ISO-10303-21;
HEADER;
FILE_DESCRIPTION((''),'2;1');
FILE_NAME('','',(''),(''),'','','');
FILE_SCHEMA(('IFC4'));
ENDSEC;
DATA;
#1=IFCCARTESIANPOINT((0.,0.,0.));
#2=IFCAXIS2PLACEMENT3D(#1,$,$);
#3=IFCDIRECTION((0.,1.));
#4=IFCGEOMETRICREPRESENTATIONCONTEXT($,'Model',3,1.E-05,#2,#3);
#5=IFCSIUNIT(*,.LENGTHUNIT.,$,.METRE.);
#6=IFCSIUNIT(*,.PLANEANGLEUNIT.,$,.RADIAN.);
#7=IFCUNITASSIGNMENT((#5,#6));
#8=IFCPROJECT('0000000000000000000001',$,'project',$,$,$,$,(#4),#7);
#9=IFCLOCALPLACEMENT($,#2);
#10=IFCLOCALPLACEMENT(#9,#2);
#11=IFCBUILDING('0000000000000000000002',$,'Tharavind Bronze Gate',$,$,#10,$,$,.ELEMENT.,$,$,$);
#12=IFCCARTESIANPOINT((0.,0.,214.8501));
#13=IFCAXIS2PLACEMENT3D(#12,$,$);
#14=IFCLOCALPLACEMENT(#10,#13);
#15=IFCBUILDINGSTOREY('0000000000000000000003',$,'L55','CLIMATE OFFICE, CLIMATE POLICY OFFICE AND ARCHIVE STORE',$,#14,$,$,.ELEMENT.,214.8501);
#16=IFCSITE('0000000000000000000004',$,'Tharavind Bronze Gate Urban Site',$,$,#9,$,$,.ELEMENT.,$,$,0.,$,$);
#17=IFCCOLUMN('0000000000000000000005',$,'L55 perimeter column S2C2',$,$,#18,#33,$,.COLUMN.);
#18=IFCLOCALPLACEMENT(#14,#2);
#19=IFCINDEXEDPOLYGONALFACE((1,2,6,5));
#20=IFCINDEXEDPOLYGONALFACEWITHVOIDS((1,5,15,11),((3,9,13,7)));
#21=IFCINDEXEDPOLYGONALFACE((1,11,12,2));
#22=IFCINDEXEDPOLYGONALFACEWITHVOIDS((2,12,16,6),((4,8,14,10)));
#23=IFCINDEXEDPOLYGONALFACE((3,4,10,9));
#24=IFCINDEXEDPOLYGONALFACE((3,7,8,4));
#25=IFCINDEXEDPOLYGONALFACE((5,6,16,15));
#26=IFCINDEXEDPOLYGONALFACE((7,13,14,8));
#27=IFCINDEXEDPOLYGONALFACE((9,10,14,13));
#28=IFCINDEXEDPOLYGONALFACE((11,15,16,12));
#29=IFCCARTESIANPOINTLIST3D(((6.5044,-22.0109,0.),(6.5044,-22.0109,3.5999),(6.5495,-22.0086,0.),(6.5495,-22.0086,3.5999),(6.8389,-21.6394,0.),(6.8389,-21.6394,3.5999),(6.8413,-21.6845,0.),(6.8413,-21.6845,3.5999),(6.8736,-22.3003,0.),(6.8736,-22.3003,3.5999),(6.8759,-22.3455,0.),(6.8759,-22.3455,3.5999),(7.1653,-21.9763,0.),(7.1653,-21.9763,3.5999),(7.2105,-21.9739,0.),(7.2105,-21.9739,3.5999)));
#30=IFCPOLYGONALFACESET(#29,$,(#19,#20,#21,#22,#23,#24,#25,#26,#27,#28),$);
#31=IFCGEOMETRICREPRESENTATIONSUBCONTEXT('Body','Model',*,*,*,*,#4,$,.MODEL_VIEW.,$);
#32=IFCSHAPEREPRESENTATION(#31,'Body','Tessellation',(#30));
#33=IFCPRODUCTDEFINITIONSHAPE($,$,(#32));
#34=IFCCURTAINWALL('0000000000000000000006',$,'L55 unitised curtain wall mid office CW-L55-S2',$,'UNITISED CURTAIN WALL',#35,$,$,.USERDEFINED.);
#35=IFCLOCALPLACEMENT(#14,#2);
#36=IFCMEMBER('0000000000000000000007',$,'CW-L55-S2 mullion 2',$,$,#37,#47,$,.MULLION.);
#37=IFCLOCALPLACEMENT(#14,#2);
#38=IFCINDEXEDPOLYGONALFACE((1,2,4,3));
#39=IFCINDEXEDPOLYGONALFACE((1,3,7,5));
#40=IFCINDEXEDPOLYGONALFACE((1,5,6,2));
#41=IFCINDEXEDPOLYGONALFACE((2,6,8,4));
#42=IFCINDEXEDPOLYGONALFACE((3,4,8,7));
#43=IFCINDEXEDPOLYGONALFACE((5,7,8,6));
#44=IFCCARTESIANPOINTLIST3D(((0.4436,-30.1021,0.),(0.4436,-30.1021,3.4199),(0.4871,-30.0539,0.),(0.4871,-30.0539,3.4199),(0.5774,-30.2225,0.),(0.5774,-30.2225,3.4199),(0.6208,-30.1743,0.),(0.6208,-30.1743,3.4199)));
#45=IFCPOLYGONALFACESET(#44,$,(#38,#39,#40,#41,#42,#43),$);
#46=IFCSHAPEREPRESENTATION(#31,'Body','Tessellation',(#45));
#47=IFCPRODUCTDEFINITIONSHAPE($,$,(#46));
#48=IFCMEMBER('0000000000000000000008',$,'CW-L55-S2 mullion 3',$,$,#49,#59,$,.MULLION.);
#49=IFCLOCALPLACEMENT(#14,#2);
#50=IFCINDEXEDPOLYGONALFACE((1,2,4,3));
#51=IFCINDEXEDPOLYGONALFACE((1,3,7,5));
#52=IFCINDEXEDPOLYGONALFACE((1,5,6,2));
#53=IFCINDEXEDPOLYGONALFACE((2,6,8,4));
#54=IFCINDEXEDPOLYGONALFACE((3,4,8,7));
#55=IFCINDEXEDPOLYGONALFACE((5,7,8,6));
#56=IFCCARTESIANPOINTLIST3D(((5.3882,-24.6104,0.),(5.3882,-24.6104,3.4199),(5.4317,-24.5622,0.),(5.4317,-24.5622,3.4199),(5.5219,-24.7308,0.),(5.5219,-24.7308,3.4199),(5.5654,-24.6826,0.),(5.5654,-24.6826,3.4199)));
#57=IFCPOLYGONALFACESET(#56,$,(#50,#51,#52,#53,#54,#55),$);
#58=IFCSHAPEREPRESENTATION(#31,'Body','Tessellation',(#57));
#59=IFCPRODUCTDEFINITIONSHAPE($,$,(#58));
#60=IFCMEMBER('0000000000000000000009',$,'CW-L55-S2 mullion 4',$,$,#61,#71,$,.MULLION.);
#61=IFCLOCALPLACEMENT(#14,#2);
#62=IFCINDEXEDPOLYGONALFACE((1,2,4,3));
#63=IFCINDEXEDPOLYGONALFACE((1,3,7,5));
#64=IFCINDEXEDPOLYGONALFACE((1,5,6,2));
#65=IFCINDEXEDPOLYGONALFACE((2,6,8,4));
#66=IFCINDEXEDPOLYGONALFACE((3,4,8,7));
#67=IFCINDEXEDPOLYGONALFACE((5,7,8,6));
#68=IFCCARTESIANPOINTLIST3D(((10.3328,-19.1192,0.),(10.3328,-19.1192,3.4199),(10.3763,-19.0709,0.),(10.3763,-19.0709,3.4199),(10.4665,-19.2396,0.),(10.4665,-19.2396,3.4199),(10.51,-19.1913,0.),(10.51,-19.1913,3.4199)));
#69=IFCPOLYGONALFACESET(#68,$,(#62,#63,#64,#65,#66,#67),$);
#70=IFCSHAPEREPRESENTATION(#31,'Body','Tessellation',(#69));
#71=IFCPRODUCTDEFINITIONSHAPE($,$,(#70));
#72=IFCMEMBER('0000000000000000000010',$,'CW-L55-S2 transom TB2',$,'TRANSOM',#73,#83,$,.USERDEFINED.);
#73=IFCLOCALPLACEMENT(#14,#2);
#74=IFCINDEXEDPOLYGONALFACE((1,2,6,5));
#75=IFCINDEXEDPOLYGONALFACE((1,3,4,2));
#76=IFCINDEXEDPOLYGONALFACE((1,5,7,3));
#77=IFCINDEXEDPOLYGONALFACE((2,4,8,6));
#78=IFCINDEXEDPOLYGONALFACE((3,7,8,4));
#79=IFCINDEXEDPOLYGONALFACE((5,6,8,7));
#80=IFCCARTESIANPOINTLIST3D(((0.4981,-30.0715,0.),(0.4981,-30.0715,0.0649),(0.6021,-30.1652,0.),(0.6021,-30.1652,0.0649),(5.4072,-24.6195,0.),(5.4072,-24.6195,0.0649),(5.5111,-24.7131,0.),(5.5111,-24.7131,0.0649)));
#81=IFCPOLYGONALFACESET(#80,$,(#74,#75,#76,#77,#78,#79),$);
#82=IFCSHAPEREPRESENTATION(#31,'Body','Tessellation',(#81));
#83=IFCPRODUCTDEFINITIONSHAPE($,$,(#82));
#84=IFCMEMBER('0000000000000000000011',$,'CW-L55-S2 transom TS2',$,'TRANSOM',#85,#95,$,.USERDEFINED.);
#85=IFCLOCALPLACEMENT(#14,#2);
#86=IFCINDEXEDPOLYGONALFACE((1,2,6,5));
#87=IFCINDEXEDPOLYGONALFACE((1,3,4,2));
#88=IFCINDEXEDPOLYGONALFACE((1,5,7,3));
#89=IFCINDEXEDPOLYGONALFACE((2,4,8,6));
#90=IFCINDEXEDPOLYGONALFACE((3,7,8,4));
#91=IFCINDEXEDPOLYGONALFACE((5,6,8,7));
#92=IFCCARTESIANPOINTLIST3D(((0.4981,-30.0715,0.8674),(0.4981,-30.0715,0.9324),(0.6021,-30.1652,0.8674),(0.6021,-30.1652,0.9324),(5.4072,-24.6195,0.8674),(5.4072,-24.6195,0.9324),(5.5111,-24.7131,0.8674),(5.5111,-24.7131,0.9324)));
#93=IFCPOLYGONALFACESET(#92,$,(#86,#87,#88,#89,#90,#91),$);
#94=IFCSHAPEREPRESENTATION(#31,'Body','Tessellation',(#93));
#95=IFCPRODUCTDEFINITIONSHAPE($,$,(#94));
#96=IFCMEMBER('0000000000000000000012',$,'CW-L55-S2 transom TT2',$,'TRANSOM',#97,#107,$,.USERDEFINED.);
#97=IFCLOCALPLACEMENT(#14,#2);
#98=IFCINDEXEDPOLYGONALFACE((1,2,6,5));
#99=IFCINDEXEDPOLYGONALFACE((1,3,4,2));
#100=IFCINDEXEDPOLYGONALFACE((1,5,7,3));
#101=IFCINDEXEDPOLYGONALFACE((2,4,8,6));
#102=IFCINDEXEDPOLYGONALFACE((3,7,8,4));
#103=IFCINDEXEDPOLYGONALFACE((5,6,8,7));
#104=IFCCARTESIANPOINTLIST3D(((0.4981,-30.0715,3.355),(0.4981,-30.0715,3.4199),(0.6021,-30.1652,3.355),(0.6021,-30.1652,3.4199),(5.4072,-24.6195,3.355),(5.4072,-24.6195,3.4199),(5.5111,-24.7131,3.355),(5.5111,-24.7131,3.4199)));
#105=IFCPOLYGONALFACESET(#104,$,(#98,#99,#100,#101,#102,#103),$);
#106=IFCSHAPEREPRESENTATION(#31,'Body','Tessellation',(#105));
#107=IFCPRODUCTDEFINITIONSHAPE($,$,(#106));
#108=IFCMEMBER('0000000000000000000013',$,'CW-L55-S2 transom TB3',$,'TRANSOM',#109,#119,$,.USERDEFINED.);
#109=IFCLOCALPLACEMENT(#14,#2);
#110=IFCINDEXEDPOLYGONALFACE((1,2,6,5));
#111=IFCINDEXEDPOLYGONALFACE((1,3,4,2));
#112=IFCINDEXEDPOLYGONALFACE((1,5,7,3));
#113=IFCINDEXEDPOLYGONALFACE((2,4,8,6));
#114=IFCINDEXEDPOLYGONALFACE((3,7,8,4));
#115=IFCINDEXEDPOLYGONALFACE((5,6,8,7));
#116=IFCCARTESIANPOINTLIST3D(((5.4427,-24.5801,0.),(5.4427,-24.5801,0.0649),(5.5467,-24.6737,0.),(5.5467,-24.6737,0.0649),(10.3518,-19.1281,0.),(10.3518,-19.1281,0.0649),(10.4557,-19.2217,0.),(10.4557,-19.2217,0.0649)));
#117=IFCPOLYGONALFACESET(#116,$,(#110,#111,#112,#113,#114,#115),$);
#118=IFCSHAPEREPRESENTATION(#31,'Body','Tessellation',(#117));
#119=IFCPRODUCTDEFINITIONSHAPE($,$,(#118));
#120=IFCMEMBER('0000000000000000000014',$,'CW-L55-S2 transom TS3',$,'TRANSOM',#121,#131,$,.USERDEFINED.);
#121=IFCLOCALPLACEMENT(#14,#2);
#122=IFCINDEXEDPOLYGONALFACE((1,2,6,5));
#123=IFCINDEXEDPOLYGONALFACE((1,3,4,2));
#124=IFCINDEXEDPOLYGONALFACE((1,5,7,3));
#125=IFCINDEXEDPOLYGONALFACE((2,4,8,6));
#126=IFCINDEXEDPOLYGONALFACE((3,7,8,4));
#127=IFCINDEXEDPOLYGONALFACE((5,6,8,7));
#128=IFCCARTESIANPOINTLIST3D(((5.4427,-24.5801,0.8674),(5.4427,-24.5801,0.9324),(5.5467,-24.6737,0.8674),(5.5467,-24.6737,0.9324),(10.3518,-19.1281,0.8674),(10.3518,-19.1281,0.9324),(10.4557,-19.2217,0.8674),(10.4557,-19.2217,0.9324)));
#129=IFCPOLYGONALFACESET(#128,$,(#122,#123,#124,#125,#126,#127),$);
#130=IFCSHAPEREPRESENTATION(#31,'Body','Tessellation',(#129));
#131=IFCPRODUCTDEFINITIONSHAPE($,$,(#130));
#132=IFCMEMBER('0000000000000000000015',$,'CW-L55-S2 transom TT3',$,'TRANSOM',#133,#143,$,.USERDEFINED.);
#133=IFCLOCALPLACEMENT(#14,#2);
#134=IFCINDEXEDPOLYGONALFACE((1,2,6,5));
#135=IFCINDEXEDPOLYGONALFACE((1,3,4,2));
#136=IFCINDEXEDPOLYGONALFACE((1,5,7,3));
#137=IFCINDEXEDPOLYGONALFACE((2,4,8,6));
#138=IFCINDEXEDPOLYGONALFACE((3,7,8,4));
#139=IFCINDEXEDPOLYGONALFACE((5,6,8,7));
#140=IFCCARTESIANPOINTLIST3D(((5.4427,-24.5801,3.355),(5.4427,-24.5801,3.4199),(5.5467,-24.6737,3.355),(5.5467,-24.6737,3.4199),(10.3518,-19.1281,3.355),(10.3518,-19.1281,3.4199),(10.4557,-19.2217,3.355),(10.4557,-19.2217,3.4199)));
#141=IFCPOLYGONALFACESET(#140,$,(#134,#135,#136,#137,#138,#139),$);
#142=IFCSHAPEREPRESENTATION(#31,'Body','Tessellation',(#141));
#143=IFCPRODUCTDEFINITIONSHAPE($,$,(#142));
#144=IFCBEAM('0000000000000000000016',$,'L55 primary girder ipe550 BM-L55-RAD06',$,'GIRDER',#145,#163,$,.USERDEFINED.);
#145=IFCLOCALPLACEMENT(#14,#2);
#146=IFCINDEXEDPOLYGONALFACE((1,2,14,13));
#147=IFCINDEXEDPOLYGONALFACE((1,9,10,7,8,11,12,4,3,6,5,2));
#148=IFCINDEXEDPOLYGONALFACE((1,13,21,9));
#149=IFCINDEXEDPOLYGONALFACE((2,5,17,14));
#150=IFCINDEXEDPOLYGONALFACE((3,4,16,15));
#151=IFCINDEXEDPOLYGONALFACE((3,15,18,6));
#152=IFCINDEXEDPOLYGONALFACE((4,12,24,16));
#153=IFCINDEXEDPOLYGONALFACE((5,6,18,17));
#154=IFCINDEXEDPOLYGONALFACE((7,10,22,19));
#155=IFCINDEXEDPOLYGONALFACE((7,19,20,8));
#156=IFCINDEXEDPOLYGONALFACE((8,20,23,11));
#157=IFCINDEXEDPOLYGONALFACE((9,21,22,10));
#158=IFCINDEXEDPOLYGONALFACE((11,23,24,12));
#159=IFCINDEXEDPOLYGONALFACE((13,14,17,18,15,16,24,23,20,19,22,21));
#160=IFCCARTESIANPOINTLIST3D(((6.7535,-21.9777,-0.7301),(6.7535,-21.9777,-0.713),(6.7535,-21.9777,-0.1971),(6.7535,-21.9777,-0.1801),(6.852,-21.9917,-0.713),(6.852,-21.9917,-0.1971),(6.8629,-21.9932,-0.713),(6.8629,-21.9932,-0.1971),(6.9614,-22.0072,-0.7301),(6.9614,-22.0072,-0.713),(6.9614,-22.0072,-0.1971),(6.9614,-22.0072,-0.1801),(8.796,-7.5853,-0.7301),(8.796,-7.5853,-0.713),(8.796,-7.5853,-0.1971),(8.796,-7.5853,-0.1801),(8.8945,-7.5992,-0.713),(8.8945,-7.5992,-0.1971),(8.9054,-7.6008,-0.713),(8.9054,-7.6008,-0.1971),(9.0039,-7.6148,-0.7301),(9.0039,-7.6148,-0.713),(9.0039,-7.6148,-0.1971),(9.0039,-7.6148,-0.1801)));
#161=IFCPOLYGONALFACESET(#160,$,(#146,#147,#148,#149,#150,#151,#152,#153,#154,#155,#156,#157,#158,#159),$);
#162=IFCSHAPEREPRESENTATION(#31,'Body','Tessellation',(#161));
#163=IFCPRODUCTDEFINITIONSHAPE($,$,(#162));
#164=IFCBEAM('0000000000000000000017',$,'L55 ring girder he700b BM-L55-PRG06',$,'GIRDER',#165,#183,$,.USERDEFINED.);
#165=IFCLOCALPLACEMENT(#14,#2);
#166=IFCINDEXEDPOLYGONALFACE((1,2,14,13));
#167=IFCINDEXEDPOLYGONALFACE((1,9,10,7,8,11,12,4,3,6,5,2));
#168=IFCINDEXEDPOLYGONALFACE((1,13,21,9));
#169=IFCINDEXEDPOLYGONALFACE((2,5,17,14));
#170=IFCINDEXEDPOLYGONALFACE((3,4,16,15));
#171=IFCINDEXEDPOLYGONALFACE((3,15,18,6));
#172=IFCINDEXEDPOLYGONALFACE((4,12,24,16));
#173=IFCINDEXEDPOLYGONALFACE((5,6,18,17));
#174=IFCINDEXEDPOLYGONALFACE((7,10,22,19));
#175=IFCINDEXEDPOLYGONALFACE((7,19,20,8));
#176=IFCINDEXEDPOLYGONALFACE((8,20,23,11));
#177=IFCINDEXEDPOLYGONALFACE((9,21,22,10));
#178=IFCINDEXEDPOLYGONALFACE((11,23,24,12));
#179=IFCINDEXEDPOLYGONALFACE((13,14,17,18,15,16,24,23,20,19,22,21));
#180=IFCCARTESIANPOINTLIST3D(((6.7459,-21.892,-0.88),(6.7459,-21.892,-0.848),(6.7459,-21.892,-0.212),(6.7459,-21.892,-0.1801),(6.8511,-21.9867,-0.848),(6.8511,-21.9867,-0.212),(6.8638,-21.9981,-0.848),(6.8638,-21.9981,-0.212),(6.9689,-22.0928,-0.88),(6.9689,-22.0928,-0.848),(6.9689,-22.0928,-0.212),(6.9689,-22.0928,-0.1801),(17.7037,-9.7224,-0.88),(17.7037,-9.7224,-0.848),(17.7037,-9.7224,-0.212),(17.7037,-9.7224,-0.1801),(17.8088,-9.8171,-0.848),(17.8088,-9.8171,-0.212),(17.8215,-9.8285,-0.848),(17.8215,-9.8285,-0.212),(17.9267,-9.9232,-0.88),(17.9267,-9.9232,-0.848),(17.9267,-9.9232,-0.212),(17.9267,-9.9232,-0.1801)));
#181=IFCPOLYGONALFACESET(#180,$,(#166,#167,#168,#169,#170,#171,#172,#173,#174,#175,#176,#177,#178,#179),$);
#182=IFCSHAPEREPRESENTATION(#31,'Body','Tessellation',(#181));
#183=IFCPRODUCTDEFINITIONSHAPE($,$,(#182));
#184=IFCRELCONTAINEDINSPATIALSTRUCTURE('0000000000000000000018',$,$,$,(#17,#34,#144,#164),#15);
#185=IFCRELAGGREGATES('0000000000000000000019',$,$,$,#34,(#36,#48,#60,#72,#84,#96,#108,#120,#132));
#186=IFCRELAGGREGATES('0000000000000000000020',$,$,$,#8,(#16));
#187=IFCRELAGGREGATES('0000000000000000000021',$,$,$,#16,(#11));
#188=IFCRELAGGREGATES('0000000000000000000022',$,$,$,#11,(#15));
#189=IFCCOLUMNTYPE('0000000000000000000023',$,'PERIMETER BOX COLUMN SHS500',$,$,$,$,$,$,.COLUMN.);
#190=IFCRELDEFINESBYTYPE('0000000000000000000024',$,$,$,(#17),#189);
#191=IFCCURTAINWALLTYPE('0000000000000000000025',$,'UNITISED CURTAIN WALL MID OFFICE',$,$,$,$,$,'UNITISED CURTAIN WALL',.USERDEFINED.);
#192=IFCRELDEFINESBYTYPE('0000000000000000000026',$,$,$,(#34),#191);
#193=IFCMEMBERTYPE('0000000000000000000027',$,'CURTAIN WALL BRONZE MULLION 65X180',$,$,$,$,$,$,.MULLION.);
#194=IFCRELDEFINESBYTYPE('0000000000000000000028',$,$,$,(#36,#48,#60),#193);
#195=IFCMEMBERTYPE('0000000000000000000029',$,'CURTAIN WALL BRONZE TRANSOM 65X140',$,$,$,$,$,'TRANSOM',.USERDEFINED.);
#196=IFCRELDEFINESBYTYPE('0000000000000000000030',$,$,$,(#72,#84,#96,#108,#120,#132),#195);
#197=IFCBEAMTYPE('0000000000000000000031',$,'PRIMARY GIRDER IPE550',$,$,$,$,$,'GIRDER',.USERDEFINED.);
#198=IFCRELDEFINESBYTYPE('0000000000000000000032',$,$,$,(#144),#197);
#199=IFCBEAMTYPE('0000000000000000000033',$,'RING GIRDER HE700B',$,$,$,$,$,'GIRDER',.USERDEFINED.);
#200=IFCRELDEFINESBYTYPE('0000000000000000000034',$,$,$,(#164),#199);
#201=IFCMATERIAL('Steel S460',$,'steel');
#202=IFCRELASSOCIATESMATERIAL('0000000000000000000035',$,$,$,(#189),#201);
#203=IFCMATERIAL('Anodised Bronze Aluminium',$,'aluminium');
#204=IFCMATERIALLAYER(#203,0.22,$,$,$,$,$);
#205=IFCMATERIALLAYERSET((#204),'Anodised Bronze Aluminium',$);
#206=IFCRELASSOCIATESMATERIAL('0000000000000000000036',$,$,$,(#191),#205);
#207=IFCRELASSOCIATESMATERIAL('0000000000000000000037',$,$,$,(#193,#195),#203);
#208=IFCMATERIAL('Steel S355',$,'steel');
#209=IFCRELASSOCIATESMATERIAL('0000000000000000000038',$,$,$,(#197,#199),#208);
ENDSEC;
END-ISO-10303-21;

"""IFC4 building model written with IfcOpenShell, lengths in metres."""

from ifc_helpers import new_model, si_unit, direction, frame, origin, origin_2d, place, context, subcontext, project, spatial, rectangle, hollow_rectangle, i_section, extrude, material, layer, layer_set, material_profile, profile_set, type_object, element, aggregate, save


model = new_model("IFC4")

# Units and contexts
model_context = context("Model", 3, precision=1e-05, world=origin(), true_north=direction((0.0, 1.0)))
body_context = subcontext(model_context, "Body", "Model", "MODEL_VIEW")
ifc_project = project(units=[si_unit("LENGTHUNIT", "METRE"), si_unit("PLANEANGLEUNIT", "RADIAN")], contexts=[model_context])

# Site, building, storey
site_placement = place(None, origin())
site = spatial("IfcSite", under=ifc_project, at=site_placement, Name="Tharavind Bronze Gate Urban Site", CompositionType="ELEMENT", RefElevation=0.0)
building_placement = place(site_placement, origin())
building = spatial("IfcBuilding", under=site, at=building_placement, Name="Tharavind Bronze Gate", CompositionType="ELEMENT")
storey_placement = place(building_placement, frame((0.0, 0.0, 214.8501)))
storey = spatial("IfcBuildingStorey", under=building, at=storey_placement, Name="L55", Description="CLIMATE OFFICE, CLIMATE POLICY OFFICE AND ARCHIVE STORE", CompositionType="ELEMENT", Elevation=214.8501)

# Column
ifc_material_1 = material(Name="Steel S460", Category="steel")
ifc_material_profile_1 = material_profile(ifc_material_1, hollow_rectangle(XDim=0.5, YDim=0.5, WallThickness=0.032, at=origin_2d()), Name="SHS500X32")
ifc_profile_set_1 = profile_set([ifc_material_profile_1], Name="Steel S460")
column_type = type_object("IfcColumnType", Name="PERIMETER BOX COLUMN SHS500", PredefinedType="COLUMN", material=ifc_profile_set_1)
column_placement = place(storey_placement, frame((6.8574, -21.9924, 0.0), z_axis=(0.0, 0.0, 1.0), x_axis=(0.669131, 0.743145, 0.0)))
element("IfcColumn", 1, at=column_placement, inside=storey, type_object=column_type, Name="L55 perimeter column S2C2", PredefinedType="COLUMN", context=body_context, shape_type="SweptSolid", body=[
    extrude(hollow_rectangle(XDim=0.5, YDim=0.5, WallThickness=0.032, at=origin_2d()), origin(), (0.0, 0.0, 1.0), 3.5999),
])

# Curtain wall, members
ifc_material_2 = material(Name="Anodised Bronze Aluminium", Category="aluminium")
ifc_layer_1 = layer(ifc_material_2, 0.22)
ifc_layer_set_1 = layer_set([ifc_layer_1], Name="Anodised Bronze Aluminium")
curtain_wall_type = type_object("IfcCurtainWallType", Name="UNITISED CURTAIN WALL MID OFFICE", ElementType="UNITISED CURTAIN WALL", PredefinedType="USERDEFINED", material=ifc_layer_set_1)
curtain_wall_placement = place(storey_placement, origin())
curtain_wall = element("IfcCurtainWall", 2, at=curtain_wall_placement, inside=storey, type_object=curtain_wall_type, Name="L55 unitised curtain wall mid office CW-L55-S2", ObjectType="UNITISED CURTAIN WALL", PredefinedType="USERDEFINED")
member_type_1 = type_object("IfcMemberType", Name="CURTAIN WALL BRONZE MULLION 65X180", PredefinedType="MULLION", material=ifc_material_2)
member_1_placement = place(storey_placement, frame((0.5322, -30.1382, 0.0), z_axis=(0.0, 0.0, 1.0), x_axis=(0.669131, 0.743145, 0.0)))
member_1 = element("IfcMember", 3, at=member_1_placement, type_object=member_type_1, Name="CW-L55-S2 mullion 2", PredefinedType="MULLION", context=body_context, shape_type="SweptSolid", body=[
    extrude(rectangle(XDim=0.0649, YDim=0.1799, at=origin_2d()), origin(), (0.0, 0.0, 1.0), 3.4199),
])
member_2_placement = place(storey_placement, frame((5.4768, -24.6465, 0.0), z_axis=(0.0, 0.0, 1.0), x_axis=(0.669131, 0.743145, 0.0)))
member_2 = element("IfcMember", 4, at=member_2_placement, type_object=member_type_1, Name="CW-L55-S2 mullion 3", PredefinedType="MULLION", context=body_context, shape_type="SweptSolid", body=[
    extrude(rectangle(XDim=0.0649, YDim=0.1799, at=origin_2d()), origin(), (0.0, 0.0, 1.0), 3.4199),
])
member_3_placement = place(storey_placement, frame((10.4214, -19.1553, 0.0), z_axis=(0.0, 0.0, 1.0), x_axis=(0.669131, 0.743145, 0.0)))
member_3 = element("IfcMember", 5, at=member_3_placement, type_object=member_type_1, Name="CW-L55-S2 mullion 4", PredefinedType="MULLION", context=body_context, shape_type="SweptSolid", body=[
    extrude(rectangle(XDim=0.0649, YDim=0.1799, at=origin_2d()), origin(), (0.0, 0.0, 1.0), 3.4199),
])
member_type_2 = type_object("IfcMemberType", Name="CURTAIN WALL BRONZE TRANSOM 65X140", ElementType="TRANSOM", PredefinedType="USERDEFINED", material=ifc_material_2)
member_4_placement = place(storey_placement, frame((3.0046, -27.3923, 0.0), z_axis=(0.0, 0.0, 1.0), x_axis=(0.669131, 0.743145, 0.0)))
member_4 = element("IfcMember", 6, at=member_4_placement, type_object=member_type_2, Name="CW-L55-S2 transom TB2", ObjectType="TRANSOM", PredefinedType="USERDEFINED", context=body_context, shape_type="SweptSolid", body=[
    extrude(rectangle(XDim=7.3364, YDim=0.1399, at=origin_2d()), origin(), (0.0, 0.0, 1.0), 0.0649),
])
member_5_placement = place(storey_placement, frame((3.0046, -27.3923, 0.8674), z_axis=(0.0, 0.0, 1.0), x_axis=(0.669131, 0.743145, 0.0)))
member_5 = element("IfcMember", 7, at=member_5_placement, type_object=member_type_2, Name="CW-L55-S2 transom TS2", ObjectType="TRANSOM", PredefinedType="USERDEFINED", context=body_context, shape_type="SweptSolid", body=[
    extrude(rectangle(XDim=7.3364, YDim=0.1399, at=origin_2d()), origin(), (0.0, 0.0, 1.0), 0.0649),
])
member_6_placement = place(storey_placement, frame((3.0046, -27.3923, 3.355), z_axis=(0.0, 0.0, 1.0), x_axis=(0.669131, 0.743145, 0.0)))
member_6 = element("IfcMember", 8, at=member_6_placement, type_object=member_type_2, Name="CW-L55-S2 transom TT2", ObjectType="TRANSOM", PredefinedType="USERDEFINED", context=body_context, shape_type="SweptSolid", body=[
    extrude(rectangle(XDim=7.3364, YDim=0.1399, at=origin_2d()), origin(), (0.0, 0.0, 1.0), 0.0649),
])
member_7_placement = place(storey_placement, frame((7.9492, -21.9009, 0.0), z_axis=(0.0, 0.0, 1.0), x_axis=(0.669131, 0.743145, 0.0)))
member_7 = element("IfcMember", 9, at=member_7_placement, type_object=member_type_2, Name="CW-L55-S2 transom TB3", ObjectType="TRANSOM", PredefinedType="USERDEFINED", context=body_context, shape_type="SweptSolid", body=[
    extrude(rectangle(XDim=7.3364, YDim=0.1399, at=origin_2d()), origin(), (0.0, 0.0, 1.0), 0.0649),
])
member_8_placement = place(storey_placement, frame((7.9492, -21.9009, 0.8674), z_axis=(0.0, 0.0, 1.0), x_axis=(0.669131, 0.743145, 0.0)))
member_8 = element("IfcMember", 10, at=member_8_placement, type_object=member_type_2, Name="CW-L55-S2 transom TS3", ObjectType="TRANSOM", PredefinedType="USERDEFINED", context=body_context, shape_type="SweptSolid", body=[
    extrude(rectangle(XDim=7.3364, YDim=0.1399, at=origin_2d()), origin(), (0.0, 0.0, 1.0), 0.0649),
])
member_9_placement = place(storey_placement, frame((7.9492, -21.9009, 3.355), z_axis=(0.0, 0.0, 1.0), x_axis=(0.669131, 0.743145, 0.0)))
member_9 = element("IfcMember", 11, at=member_9_placement, type_object=member_type_2, Name="CW-L55-S2 transom TT3", ObjectType="TRANSOM", PredefinedType="USERDEFINED", context=body_context, shape_type="SweptSolid", body=[
    extrude(rectangle(XDim=7.3364, YDim=0.1399, at=origin_2d()), origin(), (0.0, 0.0, 1.0), 0.0649),
])

# Beams
ifc_material_3 = material(Name="Steel S355", Category="steel")
ifc_material_profile_2 = material_profile(ifc_material_3, i_section(OverallWidth=0.21, OverallDepth=0.55, WebThickness=0.011, FlangeThickness=0.0171, at=origin_2d()), Name="IPE550")
ifc_profile_set_2 = profile_set([ifc_material_profile_2], Name="Steel S355")
beam_type_1 = type_object("IfcBeamType", Name="PRIMARY GIRDER IPE550", ElementType="GIRDER", PredefinedType="USERDEFINED", material=ifc_profile_set_2)
beam_1_placement = place(storey_placement, frame((6.8574, -21.9924, -0.4551), z_axis=(0.140507, 0.99008, 0.0), x_axis=(-0.99008, 0.140507, 0.0)))
element("IfcBeam", 12, at=beam_1_placement, inside=storey, type_object=beam_type_1, Name="L55 primary girder ipe550 BM-L55-RAD06", ObjectType="GIRDER", PredefinedType="USERDEFINED", context=body_context, shape_type="SweptSolid", body=[
    extrude(i_section(OverallWidth=0.21, OverallDepth=0.55, WebThickness=0.011, FlangeThickness=0.0171, at=origin_2d()), origin(), (0.0, 0.0, 1.0), 14.5366),
])
ifc_material_profile_3 = material_profile(ifc_material_3, i_section(OverallWidth=0.3, OverallDepth=0.7, WebThickness=0.0171, FlangeThickness=0.032, at=origin_2d()), Name="HE700B")
ifc_profile_set_3 = profile_set([ifc_material_profile_3], Name="Steel S355")
beam_type_2 = type_object("IfcBeamType", Name="RING GIRDER HE700B", ElementType="GIRDER", PredefinedType="USERDEFINED", material=ifc_profile_set_3)
beam_2_placement = place(storey_placement, frame((6.8574, -21.9924, -0.53), z_axis=(0.669135, 0.743141, 0.0), x_axis=(-0.743141, 0.669135, 0.0)))
element("IfcBeam", 13, at=beam_2_placement, inside=storey, type_object=beam_type_2, Name="L55 ring girder he700b BM-L55-PRG06", ObjectType="GIRDER", PredefinedType="USERDEFINED", context=body_context, shape_type="SweptSolid", body=[
    extrude(i_section(OverallWidth=0.3, OverallDepth=0.7, WebThickness=0.0171, FlangeThickness=0.032, at=origin_2d()), origin(), (0.0, 0.0, 1.0), 16.376),
])

aggregate(curtain_wall, [member_1, member_2, member_3, member_4, member_5, member_6, member_7, member_8, member_9])

save(model, "model.ifc")
